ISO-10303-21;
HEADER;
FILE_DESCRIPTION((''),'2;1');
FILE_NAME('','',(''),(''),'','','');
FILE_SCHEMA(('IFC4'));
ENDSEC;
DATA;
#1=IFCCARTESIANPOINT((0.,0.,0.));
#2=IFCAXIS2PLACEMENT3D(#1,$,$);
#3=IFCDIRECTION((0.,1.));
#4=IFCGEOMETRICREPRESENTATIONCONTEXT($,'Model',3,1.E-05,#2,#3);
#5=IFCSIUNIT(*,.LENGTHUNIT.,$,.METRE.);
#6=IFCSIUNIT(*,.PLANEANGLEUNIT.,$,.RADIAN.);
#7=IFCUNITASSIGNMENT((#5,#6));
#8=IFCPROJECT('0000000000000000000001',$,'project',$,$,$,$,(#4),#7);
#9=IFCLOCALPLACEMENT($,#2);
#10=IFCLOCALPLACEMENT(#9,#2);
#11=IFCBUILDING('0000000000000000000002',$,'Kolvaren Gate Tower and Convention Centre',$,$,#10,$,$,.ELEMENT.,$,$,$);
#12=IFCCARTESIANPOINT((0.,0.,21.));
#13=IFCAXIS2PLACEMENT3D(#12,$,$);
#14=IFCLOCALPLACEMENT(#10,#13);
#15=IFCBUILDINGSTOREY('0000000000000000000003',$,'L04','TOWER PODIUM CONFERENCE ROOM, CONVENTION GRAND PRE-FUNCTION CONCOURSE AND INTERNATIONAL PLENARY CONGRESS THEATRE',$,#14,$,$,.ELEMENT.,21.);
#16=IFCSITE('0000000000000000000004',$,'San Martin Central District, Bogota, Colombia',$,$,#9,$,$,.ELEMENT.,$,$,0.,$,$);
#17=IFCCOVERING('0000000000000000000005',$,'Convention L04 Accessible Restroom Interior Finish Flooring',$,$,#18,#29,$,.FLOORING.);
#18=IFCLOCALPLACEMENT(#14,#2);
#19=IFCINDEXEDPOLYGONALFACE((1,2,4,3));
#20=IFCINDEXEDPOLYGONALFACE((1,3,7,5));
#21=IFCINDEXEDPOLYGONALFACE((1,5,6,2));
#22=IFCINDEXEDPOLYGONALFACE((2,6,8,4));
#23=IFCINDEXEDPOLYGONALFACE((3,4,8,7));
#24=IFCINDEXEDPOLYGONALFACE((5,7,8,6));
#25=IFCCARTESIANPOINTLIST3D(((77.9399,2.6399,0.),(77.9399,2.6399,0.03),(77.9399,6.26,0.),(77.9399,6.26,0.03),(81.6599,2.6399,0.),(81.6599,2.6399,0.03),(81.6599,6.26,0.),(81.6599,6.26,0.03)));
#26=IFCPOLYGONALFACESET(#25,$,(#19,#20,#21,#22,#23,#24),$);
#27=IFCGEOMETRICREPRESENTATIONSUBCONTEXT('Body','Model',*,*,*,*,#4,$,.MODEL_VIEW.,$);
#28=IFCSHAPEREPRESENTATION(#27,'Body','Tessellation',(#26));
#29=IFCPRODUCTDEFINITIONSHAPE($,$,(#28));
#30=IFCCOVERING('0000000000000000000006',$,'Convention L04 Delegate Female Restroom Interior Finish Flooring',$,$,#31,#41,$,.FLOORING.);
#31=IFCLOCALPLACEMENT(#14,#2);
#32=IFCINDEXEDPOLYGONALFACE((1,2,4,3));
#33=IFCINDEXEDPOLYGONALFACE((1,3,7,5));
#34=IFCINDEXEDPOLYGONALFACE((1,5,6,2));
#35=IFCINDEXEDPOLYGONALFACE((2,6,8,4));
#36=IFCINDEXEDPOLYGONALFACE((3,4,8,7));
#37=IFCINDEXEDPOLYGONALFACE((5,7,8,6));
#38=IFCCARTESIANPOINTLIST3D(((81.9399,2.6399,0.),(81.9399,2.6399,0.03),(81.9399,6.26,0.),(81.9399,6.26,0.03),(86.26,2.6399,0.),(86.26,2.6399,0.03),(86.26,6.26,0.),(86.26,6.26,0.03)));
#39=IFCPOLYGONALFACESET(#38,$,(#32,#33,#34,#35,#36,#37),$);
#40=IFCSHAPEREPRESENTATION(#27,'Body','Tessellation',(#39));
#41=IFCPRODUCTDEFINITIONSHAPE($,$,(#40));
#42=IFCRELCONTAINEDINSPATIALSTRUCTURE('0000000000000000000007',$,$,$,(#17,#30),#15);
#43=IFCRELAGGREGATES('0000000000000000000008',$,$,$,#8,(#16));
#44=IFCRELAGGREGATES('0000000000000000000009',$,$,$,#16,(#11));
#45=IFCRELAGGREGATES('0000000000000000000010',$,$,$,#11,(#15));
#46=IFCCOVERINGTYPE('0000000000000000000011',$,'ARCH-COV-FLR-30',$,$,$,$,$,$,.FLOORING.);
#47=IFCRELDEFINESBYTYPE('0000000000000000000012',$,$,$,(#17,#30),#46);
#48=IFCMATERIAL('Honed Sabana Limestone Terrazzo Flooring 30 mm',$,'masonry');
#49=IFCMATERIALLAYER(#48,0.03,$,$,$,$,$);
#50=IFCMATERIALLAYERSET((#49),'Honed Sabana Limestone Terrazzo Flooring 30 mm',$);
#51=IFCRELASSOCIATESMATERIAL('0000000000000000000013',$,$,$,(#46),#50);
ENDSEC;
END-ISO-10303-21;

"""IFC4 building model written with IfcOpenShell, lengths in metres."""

from ifc_helpers import new_model, si_unit, direction, frame, origin, place, context, subcontext, project, spatial, polyline, outline, extrude, material, layer, layer_set, type_object, element, save


model = new_model("IFC4")

# Units and contexts
model_context = context("Model", 3, precision=1e-05, world=origin(), true_north=direction((0.0, 1.0)))
body_context = subcontext(model_context, "Body", "Model", "MODEL_VIEW")
ifc_project = project(units=[si_unit("LENGTHUNIT", "METRE"), si_unit("PLANEANGLEUNIT", "RADIAN")], contexts=[model_context])

# Site, building, storey
site_placement = place(None, origin())
site = spatial("IfcSite", under=ifc_project, at=site_placement, Name="San Martin Central District, Bogota, Colombia", CompositionType="ELEMENT", RefElevation=0.0)
building_placement = place(site_placement, origin())
building = spatial("IfcBuilding", under=site, at=building_placement, Name="Kolvaren Gate Tower and Convention Centre", CompositionType="ELEMENT")
storey_placement = place(building_placement, frame((0.0, 0.0, 21.0)))
storey = spatial("IfcBuildingStorey", under=building, at=storey_placement, Name="L04", Description="TOWER PODIUM CONFERENCE ROOM, CONVENTION GRAND PRE-FUNCTION CONCOURSE AND INTERNATIONAL PLENARY CONGRESS THEATRE", CompositionType="ELEMENT", Elevation=21.0)

# Coverings
ifc_material_1 = material(Name="Honed Sabana Limestone Terrazzo Flooring 30 mm", Category="masonry")
ifc_layer_1 = layer(ifc_material_1, 0.03)
ifc_layer_set_1 = layer_set([ifc_layer_1], Name="Honed Sabana Limestone Terrazzo Flooring 30 mm")
covering_type_1 = type_object("IfcCoveringType", Name="ARCH-COV-FLR-30", PredefinedType="FLOORING", material=ifc_layer_set_1)
covering_1_placement = place(storey_placement, origin())
element("IfcCovering", 1, at=covering_1_placement, inside=storey, type_object=covering_type_1, Name="Convention L04 Accessible Restroom Interior Finish Flooring", PredefinedType="FLOORING", context=body_context, shape_type="SweptSolid", body=[
    extrude(outline(polyline([(77.9399, 6.26), (81.6599, 6.26), (81.6599, 2.6399), (77.9399, 2.6399), (77.9399, 6.26)])), origin(), (0.0, 0.0, 1.0), 0.03),
])
covering_2_placement = place(storey_placement, origin())
element("IfcCovering", 2, at=covering_2_placement, inside=storey, type_object=covering_type_1, Name="Convention L04 Delegate Female Restroom Interior Finish Flooring", PredefinedType="FLOORING", context=body_context, shape_type="SweptSolid", body=[
    extrude(outline(polyline([(81.9399, 6.26), (86.26, 6.26), (86.26, 2.6399), (81.9399, 2.6399), (81.9399, 6.26)])), origin(), (0.0, 0.0, 1.0), 0.03),
])

save(model, "model.ifc")
